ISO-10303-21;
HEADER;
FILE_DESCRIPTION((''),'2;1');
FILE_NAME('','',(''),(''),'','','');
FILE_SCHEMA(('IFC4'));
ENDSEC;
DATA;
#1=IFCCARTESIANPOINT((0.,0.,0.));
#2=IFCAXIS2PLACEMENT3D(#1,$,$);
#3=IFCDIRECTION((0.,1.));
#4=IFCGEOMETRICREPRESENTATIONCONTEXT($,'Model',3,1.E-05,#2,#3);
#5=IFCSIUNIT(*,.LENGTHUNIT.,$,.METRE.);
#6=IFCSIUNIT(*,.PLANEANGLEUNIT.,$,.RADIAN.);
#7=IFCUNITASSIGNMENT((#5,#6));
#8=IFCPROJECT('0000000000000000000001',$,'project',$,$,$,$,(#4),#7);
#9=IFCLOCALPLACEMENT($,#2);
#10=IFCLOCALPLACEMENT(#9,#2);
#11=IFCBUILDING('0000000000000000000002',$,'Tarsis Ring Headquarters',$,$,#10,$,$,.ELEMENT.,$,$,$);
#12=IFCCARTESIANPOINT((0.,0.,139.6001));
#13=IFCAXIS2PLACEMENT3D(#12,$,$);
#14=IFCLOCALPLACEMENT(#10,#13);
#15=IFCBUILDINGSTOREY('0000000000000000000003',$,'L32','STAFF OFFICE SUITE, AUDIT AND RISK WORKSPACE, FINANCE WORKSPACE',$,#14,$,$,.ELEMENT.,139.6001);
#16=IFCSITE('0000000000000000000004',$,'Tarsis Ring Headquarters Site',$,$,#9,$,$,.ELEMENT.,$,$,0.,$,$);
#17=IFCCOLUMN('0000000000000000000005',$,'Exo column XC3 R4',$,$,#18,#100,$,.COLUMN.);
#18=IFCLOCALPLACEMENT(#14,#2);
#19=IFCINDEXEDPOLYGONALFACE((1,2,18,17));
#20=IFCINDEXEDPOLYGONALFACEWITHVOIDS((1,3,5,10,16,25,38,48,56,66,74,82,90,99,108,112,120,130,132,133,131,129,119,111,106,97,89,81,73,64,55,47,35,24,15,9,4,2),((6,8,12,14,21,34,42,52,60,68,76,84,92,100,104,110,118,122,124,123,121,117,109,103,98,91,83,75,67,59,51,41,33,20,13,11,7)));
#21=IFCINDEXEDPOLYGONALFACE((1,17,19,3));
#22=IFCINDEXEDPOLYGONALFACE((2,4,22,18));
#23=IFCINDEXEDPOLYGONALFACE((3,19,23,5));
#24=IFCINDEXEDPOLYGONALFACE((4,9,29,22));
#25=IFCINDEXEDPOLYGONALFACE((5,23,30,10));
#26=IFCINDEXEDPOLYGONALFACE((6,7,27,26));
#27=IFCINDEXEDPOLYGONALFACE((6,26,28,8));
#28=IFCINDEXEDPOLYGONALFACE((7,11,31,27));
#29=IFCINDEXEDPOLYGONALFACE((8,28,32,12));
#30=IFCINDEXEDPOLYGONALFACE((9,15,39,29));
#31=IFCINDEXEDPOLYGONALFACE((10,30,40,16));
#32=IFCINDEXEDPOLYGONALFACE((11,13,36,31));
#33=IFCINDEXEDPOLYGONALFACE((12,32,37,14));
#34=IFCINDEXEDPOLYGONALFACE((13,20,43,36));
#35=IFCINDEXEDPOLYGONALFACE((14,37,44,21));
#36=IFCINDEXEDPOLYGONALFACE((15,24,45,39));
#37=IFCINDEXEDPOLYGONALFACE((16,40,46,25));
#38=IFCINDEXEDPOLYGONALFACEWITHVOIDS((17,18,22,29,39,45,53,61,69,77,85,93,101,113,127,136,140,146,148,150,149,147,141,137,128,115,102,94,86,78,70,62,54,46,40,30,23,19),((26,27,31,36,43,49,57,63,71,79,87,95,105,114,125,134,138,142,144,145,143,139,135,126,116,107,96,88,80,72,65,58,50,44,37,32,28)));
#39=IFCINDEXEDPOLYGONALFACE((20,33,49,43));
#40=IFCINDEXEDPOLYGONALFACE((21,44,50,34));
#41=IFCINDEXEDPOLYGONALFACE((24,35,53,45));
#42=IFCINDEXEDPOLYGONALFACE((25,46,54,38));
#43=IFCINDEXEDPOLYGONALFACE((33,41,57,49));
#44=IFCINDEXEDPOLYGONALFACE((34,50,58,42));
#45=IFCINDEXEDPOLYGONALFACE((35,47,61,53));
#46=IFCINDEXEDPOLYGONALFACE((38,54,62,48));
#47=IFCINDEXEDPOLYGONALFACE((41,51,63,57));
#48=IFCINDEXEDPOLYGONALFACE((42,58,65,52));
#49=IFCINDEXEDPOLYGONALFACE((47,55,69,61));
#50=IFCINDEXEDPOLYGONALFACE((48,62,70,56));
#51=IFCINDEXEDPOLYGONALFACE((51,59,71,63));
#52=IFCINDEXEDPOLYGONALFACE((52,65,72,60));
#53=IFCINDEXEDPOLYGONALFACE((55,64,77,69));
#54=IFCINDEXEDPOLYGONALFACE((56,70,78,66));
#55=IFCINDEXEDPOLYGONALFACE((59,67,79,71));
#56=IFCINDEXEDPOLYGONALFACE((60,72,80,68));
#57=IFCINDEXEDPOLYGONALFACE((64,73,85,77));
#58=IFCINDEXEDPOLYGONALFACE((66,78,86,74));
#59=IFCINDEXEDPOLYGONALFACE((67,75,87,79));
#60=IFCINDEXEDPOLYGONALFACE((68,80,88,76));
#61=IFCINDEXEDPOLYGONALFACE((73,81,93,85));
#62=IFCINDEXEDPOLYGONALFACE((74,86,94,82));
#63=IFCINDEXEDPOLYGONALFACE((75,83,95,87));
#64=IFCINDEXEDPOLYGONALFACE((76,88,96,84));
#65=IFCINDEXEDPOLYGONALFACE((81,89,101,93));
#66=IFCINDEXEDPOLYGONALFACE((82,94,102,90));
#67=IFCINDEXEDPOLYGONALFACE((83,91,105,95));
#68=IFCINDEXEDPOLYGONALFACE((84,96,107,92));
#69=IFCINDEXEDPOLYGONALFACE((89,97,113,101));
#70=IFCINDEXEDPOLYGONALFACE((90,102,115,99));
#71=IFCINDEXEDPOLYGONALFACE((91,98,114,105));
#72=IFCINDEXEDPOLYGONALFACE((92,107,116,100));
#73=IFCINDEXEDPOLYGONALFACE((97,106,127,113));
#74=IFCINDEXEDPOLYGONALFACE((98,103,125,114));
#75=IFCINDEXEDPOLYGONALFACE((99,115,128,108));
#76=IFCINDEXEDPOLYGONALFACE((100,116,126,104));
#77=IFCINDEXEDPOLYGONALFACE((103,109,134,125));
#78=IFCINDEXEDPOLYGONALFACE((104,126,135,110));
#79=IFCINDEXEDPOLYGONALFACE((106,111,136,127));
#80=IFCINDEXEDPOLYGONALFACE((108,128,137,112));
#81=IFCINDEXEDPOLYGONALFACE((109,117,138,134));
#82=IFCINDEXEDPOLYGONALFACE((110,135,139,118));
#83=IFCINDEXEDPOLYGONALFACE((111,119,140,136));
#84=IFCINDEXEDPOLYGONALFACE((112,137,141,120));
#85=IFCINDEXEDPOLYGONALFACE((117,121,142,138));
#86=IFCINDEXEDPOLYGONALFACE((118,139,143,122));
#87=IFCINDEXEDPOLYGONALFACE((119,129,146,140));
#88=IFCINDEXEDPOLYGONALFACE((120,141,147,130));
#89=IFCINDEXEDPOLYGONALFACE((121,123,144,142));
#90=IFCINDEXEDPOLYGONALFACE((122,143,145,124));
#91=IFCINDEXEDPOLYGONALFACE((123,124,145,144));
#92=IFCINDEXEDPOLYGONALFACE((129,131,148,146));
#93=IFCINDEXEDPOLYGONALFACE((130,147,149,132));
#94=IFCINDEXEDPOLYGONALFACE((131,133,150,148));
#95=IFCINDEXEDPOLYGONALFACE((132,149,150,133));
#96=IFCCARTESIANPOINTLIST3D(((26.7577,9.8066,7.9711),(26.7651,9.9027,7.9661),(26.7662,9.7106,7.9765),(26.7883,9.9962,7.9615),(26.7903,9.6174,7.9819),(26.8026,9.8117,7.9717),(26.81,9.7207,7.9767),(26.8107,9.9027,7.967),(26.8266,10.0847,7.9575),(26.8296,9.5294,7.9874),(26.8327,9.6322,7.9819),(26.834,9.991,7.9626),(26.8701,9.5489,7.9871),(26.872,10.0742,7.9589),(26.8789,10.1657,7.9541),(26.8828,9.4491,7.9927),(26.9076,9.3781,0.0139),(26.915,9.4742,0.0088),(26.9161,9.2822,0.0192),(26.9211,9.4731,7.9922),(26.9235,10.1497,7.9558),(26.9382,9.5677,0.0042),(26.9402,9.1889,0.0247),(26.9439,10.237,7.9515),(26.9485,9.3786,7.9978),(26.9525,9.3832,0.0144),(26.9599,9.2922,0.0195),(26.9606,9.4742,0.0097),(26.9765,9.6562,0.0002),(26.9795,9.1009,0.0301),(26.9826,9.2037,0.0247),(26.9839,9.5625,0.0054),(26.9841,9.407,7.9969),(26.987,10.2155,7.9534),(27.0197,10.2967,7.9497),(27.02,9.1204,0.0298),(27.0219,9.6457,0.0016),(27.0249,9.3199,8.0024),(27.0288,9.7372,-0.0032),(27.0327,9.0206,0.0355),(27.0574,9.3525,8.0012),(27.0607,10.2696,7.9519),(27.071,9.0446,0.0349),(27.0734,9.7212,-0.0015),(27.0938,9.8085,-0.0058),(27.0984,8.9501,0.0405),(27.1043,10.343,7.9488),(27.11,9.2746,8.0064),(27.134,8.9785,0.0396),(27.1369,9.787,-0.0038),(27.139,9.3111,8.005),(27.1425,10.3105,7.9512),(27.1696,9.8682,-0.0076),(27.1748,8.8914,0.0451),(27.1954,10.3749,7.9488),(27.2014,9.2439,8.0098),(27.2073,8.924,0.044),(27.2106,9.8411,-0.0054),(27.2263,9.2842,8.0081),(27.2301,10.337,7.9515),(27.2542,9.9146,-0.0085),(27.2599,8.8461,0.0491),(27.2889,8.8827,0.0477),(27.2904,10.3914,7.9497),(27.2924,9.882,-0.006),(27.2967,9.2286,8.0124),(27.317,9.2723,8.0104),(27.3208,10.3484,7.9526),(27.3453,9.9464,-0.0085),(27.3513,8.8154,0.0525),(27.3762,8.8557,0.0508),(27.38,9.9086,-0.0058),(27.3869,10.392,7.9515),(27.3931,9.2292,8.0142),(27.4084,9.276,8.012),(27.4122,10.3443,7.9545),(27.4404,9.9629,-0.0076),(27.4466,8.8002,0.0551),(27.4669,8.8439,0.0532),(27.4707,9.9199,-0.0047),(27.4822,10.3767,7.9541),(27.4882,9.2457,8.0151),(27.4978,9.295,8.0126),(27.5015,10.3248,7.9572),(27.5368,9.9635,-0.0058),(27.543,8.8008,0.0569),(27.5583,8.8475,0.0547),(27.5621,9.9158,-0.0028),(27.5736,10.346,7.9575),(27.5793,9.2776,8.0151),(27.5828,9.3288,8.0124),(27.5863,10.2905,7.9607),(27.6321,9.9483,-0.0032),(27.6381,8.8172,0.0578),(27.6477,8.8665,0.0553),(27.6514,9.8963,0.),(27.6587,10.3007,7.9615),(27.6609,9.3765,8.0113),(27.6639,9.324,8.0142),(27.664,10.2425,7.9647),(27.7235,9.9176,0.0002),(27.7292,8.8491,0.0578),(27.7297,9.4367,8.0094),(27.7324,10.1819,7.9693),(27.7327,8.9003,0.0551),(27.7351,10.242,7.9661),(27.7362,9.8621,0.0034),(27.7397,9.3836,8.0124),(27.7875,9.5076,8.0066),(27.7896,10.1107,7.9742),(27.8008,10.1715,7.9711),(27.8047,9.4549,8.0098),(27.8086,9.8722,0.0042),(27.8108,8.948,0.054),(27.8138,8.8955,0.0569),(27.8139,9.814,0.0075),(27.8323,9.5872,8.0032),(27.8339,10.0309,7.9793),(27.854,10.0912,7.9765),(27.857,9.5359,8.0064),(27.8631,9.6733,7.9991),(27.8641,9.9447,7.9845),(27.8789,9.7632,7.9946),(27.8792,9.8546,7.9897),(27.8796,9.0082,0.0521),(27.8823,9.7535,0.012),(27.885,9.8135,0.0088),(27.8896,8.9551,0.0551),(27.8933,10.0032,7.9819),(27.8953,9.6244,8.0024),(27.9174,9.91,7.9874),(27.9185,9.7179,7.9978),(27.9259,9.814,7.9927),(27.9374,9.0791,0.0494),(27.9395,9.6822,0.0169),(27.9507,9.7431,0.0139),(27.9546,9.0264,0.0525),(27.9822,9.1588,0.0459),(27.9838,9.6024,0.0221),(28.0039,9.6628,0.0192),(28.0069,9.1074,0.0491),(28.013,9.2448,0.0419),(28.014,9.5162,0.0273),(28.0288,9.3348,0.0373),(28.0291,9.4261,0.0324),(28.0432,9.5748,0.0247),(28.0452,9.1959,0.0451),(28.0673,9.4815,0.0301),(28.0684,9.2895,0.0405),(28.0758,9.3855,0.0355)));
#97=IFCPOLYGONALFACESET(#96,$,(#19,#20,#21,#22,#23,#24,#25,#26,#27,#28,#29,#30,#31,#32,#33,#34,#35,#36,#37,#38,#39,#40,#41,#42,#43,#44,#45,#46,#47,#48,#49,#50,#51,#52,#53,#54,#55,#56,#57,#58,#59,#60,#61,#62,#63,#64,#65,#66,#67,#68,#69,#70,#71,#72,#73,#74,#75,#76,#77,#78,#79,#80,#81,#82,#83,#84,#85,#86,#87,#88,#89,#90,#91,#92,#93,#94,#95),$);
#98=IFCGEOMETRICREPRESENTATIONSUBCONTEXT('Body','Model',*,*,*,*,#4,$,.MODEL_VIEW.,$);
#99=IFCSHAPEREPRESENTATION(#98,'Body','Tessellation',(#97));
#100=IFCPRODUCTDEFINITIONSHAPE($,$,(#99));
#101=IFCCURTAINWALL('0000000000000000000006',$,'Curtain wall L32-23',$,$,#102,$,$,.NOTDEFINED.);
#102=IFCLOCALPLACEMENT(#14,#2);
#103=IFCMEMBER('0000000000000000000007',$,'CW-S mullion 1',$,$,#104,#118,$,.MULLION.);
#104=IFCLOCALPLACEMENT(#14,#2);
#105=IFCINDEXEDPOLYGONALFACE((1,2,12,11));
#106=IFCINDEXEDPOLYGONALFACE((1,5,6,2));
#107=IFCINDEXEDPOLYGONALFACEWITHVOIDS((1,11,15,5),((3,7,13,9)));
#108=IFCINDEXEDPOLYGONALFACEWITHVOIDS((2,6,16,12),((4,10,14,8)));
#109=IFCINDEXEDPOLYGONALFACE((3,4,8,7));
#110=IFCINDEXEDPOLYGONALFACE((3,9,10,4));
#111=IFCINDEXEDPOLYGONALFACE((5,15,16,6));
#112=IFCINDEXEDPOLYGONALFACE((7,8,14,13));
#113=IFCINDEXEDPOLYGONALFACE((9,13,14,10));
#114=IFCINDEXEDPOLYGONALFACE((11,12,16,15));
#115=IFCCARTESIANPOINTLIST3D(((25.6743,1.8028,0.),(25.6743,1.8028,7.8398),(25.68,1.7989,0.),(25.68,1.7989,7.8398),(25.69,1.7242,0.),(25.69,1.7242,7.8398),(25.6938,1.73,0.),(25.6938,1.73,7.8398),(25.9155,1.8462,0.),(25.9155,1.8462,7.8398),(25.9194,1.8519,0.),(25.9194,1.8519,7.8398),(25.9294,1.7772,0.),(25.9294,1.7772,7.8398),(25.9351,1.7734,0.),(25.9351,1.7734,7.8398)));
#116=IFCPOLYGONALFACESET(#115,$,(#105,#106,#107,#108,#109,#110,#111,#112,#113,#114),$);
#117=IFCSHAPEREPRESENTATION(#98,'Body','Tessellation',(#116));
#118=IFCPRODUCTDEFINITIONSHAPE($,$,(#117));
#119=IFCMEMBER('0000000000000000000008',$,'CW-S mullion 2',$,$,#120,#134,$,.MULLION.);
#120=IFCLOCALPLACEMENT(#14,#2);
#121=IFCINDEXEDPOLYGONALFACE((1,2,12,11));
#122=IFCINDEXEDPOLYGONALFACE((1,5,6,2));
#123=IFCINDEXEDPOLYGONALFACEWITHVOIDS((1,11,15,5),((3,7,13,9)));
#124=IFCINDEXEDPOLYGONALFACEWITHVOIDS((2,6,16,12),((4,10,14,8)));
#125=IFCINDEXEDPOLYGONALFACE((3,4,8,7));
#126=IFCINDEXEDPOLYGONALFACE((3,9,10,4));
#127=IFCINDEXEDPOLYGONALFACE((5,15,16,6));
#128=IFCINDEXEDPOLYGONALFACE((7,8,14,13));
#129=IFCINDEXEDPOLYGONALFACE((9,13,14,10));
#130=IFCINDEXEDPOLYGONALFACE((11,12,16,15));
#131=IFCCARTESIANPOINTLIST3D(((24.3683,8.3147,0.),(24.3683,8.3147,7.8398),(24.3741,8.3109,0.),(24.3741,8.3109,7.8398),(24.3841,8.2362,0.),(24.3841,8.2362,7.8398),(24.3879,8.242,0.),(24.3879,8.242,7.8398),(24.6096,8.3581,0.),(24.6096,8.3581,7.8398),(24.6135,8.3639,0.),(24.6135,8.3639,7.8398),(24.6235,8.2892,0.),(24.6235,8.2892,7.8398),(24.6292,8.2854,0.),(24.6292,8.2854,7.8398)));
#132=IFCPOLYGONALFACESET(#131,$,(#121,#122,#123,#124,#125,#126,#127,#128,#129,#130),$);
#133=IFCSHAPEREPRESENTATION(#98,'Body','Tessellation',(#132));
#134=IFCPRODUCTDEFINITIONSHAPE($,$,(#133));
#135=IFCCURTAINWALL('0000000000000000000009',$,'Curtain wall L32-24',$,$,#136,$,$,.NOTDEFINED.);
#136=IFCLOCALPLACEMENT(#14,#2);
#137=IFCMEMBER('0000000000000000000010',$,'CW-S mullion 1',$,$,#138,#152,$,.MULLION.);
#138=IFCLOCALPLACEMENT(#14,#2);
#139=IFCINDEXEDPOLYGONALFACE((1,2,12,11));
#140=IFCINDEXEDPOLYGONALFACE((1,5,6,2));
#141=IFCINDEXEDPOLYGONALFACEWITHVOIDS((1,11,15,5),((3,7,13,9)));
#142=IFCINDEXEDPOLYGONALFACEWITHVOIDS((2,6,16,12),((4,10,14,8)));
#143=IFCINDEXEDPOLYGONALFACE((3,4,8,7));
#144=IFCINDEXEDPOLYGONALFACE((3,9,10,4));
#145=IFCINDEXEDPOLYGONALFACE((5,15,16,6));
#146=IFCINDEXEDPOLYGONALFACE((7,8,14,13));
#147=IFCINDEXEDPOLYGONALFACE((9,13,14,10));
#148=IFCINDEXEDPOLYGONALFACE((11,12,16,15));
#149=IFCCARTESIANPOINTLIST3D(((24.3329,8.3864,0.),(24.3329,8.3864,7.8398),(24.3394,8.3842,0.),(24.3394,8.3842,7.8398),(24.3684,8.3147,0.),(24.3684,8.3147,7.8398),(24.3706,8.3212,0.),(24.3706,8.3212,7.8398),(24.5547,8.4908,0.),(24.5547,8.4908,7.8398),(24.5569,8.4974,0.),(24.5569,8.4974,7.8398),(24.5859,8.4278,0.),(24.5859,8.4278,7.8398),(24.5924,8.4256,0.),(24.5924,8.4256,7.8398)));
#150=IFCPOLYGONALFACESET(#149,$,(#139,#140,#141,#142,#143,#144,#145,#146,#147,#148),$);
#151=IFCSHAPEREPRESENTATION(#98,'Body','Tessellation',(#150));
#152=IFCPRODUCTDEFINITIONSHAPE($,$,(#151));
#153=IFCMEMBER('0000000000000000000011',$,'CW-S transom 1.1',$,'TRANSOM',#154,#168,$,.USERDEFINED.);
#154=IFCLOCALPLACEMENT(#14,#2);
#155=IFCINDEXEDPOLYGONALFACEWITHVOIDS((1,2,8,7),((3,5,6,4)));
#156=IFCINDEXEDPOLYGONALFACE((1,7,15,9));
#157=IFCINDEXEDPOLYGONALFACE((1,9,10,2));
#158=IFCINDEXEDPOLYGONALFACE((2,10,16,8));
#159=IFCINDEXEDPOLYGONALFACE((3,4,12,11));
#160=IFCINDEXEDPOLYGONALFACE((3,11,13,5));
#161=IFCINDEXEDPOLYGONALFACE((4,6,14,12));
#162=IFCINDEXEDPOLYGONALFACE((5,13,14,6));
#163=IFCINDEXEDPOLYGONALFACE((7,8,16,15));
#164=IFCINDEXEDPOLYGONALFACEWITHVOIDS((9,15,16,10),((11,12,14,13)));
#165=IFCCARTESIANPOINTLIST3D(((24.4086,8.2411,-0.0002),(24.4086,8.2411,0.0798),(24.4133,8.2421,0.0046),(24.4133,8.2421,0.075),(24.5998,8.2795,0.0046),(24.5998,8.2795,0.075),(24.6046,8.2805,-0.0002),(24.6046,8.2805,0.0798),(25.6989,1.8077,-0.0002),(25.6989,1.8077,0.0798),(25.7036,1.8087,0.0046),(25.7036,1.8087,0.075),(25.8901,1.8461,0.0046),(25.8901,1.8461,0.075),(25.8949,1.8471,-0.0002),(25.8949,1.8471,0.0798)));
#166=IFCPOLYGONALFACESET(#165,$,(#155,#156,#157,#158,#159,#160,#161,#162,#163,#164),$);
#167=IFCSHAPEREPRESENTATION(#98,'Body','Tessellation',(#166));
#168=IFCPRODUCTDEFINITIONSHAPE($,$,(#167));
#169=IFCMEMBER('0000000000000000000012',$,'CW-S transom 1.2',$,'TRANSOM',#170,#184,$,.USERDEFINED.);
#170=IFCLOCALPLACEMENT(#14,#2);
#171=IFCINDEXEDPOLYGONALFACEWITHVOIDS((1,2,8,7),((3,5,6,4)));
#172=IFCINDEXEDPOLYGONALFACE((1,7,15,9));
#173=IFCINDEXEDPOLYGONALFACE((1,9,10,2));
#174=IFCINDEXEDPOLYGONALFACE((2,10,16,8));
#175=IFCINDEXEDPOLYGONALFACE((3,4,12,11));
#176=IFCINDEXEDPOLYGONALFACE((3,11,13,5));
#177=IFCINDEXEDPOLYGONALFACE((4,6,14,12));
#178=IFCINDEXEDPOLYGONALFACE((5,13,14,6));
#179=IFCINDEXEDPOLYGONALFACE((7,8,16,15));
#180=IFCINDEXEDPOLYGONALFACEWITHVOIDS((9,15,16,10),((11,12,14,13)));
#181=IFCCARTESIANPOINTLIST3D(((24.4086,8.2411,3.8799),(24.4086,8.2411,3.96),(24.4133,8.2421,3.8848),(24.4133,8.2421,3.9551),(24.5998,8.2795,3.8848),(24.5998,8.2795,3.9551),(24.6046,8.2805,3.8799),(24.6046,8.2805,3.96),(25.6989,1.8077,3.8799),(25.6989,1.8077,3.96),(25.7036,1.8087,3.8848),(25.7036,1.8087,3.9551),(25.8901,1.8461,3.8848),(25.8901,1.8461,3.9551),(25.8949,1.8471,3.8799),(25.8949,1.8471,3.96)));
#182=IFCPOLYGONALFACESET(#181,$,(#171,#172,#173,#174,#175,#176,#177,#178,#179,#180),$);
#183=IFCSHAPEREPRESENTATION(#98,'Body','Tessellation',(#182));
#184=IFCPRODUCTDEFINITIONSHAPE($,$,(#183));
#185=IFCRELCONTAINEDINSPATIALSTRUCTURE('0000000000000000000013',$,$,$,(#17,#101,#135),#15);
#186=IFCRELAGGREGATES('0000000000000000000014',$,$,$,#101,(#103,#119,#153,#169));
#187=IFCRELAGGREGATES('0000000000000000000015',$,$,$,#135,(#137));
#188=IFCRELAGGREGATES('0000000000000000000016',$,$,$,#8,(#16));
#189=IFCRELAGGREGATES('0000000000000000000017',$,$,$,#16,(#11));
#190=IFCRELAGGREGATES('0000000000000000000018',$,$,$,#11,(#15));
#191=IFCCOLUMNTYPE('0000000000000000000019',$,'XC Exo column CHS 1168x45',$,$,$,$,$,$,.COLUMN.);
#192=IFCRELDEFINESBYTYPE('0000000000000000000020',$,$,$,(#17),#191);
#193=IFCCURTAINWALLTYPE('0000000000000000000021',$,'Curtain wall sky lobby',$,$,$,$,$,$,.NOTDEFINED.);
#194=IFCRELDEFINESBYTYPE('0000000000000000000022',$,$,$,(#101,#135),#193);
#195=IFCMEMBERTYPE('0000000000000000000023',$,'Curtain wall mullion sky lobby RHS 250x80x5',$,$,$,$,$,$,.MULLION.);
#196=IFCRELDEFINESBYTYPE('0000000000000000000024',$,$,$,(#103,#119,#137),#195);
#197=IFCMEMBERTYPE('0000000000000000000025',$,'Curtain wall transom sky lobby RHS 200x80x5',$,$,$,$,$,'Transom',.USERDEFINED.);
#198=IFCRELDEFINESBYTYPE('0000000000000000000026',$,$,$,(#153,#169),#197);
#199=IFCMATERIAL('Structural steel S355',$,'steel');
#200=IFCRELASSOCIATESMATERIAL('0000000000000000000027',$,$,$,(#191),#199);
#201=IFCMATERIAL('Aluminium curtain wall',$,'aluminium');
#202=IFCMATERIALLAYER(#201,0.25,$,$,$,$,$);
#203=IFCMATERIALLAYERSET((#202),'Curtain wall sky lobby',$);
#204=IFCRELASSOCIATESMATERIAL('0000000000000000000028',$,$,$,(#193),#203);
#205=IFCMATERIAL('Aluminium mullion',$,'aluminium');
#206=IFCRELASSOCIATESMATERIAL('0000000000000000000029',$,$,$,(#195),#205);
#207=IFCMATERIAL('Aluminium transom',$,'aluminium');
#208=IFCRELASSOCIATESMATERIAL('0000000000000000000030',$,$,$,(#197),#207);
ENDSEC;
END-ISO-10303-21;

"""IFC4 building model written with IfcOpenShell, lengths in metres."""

from ifc_helpers import new_model, si_unit, direction, frame, origin, origin_2d, place, context, subcontext, project, spatial, hollow_rectangle, hollow_circle, extrude, material, layer, layer_set, material_profile, profile_set, type_object, element, aggregate, save


model = new_model("IFC4")

# Units and contexts
model_context = context("Model", 3, precision=1e-05, world=origin(), true_north=direction((0.0, 1.0)))
body_context = subcontext(model_context, "Body", "Model", "MODEL_VIEW")
ifc_project = project(units=[si_unit("LENGTHUNIT", "METRE"), si_unit("PLANEANGLEUNIT", "RADIAN")], contexts=[model_context])

# Site, building, storey
site_placement = place(None, origin())
site = spatial("IfcSite", under=ifc_project, at=site_placement, Name="Tarsis Ring Headquarters Site", CompositionType="ELEMENT", RefElevation=0.0)
building_placement = place(site_placement, origin())
building = spatial("IfcBuilding", under=site, at=building_placement, Name="Tarsis Ring Headquarters", CompositionType="ELEMENT")
storey_placement = place(building_placement, frame((0.0, 0.0, 139.6001)))
storey = spatial("IfcBuildingStorey", under=building, at=storey_placement, Name="L32", Description="STAFF OFFICE SUITE, AUDIT AND RISK WORKSPACE, FINANCE WORKSPACE", CompositionType="ELEMENT", Elevation=139.6001)

# Column
ifc_material_1 = material(Name="Structural steel S355", Category="steel")
ifc_material_profile_1 = material_profile(ifc_material_1, hollow_circle(Radius=0.5842, WallThickness=0.0449, at=origin_2d()), Name="CHS 1168x45")
ifc_profile_set_1 = profile_set([ifc_material_profile_1], Name="Structural steel S355")
column_type = type_object("IfcColumnType", Name="XC Exo column CHS 1168x45", PredefinedType="COLUMN", material=ifc_profile_set_1)
column_placement = place(storey_placement, frame((27.4917, 9.3818, 0.0247), z_axis=(-0.018808, 0.053759, 0.998377), x_axis=(-0.9439, -0.330231, 0.0)))
element("IfcColumn", 1, at=column_placement, inside=storey, type_object=column_type, Name="Exo column XC3 R4", PredefinedType="COLUMN", context=body_context, shape_type="SweptSolid", body=[
    extrude(hollow_circle(Radius=0.5842, WallThickness=0.0449, at=origin_2d()), origin(), (0.0, 0.0, 1.0), 7.9702),
])

# Curtain wall, members
ifc_material_2 = material(Name="Aluminium curtain wall", Category="aluminium")
ifc_layer_1 = layer(ifc_material_2, 0.25)
ifc_layer_set_1 = layer_set([ifc_layer_1], Name="Curtain wall sky lobby")
curtain_wall_type = type_object("IfcCurtainWallType", Name="Curtain wall sky lobby", PredefinedType="NOTDEFINED", material=ifc_layer_set_1)
curtain_wall_1_placement = place(storey_placement, origin())
curtain_wall_1 = element("IfcCurtainWall", 2, at=curtain_wall_1_placement, inside=storey, type_object=curtain_wall_type, Name="Curtain wall L32-23", PredefinedType="NOTDEFINED")
ifc_material_3 = material(Name="Aluminium mullion", Category="aluminium")
ifc_material_profile_2 = material_profile(ifc_material_3, hollow_rectangle(XDim=0.25, YDim=0.0801, WallThickness=0.0049, at=origin_2d()), Name="RHS 250x80x5")
ifc_profile_set_2 = profile_set([ifc_material_profile_2], Name="Aluminium mullion")
member_type_1 = type_object("IfcMemberType", Name="Curtain wall mullion sky lobby RHS 250x80x5", PredefinedType="MULLION", material=ifc_profile_set_2)
member_1_placement = place(storey_placement, frame((25.8047, 1.7881, 0.0), z_axis=(0.0, 0.0, 1.0), x_axis=(-0.980478, -0.196631, 0.0)))
member_1 = element("IfcMember", 3, at=member_1_placement, type_object=member_type_1, Name="CW-S mullion 1", PredefinedType="MULLION", context=body_context, shape_type="SweptSolid", body=[
    extrude(hollow_rectangle(XDim=0.25, YDim=0.0801, WallThickness=0.0049, at=origin_2d()), origin(), (0.0, 0.0, 1.0), 7.8398),
])
member_2_placement = place(storey_placement, frame((24.4988, 8.3, 0.0), z_axis=(0.0, 0.0, 1.0), x_axis=(-0.980478, -0.196631, 0.0)))
member_2 = element("IfcMember", 4, at=member_2_placement, type_object=member_type_1, Name="CW-S mullion 2", PredefinedType="MULLION", context=body_context, shape_type="SweptSolid", body=[
    extrude(hollow_rectangle(XDim=0.25, YDim=0.0801, WallThickness=0.0049, at=origin_2d()), origin(), (0.0, 0.0, 1.0), 7.8398),
])

# Curtain wall, member
curtain_wall_2_placement = place(storey_placement, origin())
curtain_wall_2 = element("IfcCurtainWall", 5, at=curtain_wall_2_placement, inside=storey, type_object=curtain_wall_type, Name="Curtain wall L32-24", PredefinedType="NOTDEFINED")
member_3_placement = place(storey_placement, frame((24.4626, 8.406, 0.0), z_axis=(0.0, 0.0, 1.0), x_axis=(-0.896177, -0.443697, 0.0)))
member_3 = element("IfcMember", 6, at=member_3_placement, type_object=member_type_1, Name="CW-S mullion 1", PredefinedType="MULLION", context=body_context, shape_type="SweptSolid", body=[
    extrude(hollow_rectangle(XDim=0.25, YDim=0.0801, WallThickness=0.0049, at=origin_2d()), origin(), (0.0, 0.0, 1.0), 7.8398),
])

# Members
ifc_material_4 = material(Name="Aluminium transom", Category="aluminium")
ifc_material_profile_3 = material_profile(ifc_material_4, hollow_rectangle(XDim=0.2, YDim=0.0801, WallThickness=0.0049, at=origin_2d()), Name="RHS 200x80x5")
ifc_profile_set_3 = profile_set([ifc_material_profile_3], Name="Aluminium transom")
member_type_2 = type_object("IfcMemberType", Name="Curtain wall transom sky lobby RHS 200x80x5", ElementType="Transom", PredefinedType="USERDEFINED", material=ifc_profile_set_3)
member_4_placement = place(storey_placement, frame((25.7969, 1.8274, 0.0398), z_axis=(-0.196646, 0.980475, 0.0), x_axis=(-0.980475, -0.196646, 0.0)))
member_4 = element("IfcMember", 7, at=member_4_placement, type_object=member_type_2, Name="CW-S transom 1.1", ObjectType="TRANSOM", PredefinedType="USERDEFINED", context=body_context, shape_type="SweptSolid", body=[
    extrude(hollow_rectangle(XDim=0.2, YDim=0.0801, WallThickness=0.0049, at=origin_2d()), origin(), (0.0, 0.0, 1.0), 6.5615),
])
member_5_placement = place(storey_placement, frame((25.7969, 1.8274, 3.9199), z_axis=(-0.196646, 0.980475, 0.0), x_axis=(-0.980475, -0.196646, 0.0)))
member_5 = element("IfcMember", 8, at=member_5_placement, type_object=member_type_2, Name="CW-S transom 1.2", ObjectType="TRANSOM", PredefinedType="USERDEFINED", context=body_context, shape_type="SweptSolid", body=[
    extrude(hollow_rectangle(XDim=0.2, YDim=0.0801, WallThickness=0.0049, at=origin_2d()), origin(), (0.0, 0.0, 1.0), 6.5615),
])

aggregate(curtain_wall_1, [member_1, member_2, member_4, member_5])
aggregate(curtain_wall_2, [member_3])

save(model, "model.ifc")
